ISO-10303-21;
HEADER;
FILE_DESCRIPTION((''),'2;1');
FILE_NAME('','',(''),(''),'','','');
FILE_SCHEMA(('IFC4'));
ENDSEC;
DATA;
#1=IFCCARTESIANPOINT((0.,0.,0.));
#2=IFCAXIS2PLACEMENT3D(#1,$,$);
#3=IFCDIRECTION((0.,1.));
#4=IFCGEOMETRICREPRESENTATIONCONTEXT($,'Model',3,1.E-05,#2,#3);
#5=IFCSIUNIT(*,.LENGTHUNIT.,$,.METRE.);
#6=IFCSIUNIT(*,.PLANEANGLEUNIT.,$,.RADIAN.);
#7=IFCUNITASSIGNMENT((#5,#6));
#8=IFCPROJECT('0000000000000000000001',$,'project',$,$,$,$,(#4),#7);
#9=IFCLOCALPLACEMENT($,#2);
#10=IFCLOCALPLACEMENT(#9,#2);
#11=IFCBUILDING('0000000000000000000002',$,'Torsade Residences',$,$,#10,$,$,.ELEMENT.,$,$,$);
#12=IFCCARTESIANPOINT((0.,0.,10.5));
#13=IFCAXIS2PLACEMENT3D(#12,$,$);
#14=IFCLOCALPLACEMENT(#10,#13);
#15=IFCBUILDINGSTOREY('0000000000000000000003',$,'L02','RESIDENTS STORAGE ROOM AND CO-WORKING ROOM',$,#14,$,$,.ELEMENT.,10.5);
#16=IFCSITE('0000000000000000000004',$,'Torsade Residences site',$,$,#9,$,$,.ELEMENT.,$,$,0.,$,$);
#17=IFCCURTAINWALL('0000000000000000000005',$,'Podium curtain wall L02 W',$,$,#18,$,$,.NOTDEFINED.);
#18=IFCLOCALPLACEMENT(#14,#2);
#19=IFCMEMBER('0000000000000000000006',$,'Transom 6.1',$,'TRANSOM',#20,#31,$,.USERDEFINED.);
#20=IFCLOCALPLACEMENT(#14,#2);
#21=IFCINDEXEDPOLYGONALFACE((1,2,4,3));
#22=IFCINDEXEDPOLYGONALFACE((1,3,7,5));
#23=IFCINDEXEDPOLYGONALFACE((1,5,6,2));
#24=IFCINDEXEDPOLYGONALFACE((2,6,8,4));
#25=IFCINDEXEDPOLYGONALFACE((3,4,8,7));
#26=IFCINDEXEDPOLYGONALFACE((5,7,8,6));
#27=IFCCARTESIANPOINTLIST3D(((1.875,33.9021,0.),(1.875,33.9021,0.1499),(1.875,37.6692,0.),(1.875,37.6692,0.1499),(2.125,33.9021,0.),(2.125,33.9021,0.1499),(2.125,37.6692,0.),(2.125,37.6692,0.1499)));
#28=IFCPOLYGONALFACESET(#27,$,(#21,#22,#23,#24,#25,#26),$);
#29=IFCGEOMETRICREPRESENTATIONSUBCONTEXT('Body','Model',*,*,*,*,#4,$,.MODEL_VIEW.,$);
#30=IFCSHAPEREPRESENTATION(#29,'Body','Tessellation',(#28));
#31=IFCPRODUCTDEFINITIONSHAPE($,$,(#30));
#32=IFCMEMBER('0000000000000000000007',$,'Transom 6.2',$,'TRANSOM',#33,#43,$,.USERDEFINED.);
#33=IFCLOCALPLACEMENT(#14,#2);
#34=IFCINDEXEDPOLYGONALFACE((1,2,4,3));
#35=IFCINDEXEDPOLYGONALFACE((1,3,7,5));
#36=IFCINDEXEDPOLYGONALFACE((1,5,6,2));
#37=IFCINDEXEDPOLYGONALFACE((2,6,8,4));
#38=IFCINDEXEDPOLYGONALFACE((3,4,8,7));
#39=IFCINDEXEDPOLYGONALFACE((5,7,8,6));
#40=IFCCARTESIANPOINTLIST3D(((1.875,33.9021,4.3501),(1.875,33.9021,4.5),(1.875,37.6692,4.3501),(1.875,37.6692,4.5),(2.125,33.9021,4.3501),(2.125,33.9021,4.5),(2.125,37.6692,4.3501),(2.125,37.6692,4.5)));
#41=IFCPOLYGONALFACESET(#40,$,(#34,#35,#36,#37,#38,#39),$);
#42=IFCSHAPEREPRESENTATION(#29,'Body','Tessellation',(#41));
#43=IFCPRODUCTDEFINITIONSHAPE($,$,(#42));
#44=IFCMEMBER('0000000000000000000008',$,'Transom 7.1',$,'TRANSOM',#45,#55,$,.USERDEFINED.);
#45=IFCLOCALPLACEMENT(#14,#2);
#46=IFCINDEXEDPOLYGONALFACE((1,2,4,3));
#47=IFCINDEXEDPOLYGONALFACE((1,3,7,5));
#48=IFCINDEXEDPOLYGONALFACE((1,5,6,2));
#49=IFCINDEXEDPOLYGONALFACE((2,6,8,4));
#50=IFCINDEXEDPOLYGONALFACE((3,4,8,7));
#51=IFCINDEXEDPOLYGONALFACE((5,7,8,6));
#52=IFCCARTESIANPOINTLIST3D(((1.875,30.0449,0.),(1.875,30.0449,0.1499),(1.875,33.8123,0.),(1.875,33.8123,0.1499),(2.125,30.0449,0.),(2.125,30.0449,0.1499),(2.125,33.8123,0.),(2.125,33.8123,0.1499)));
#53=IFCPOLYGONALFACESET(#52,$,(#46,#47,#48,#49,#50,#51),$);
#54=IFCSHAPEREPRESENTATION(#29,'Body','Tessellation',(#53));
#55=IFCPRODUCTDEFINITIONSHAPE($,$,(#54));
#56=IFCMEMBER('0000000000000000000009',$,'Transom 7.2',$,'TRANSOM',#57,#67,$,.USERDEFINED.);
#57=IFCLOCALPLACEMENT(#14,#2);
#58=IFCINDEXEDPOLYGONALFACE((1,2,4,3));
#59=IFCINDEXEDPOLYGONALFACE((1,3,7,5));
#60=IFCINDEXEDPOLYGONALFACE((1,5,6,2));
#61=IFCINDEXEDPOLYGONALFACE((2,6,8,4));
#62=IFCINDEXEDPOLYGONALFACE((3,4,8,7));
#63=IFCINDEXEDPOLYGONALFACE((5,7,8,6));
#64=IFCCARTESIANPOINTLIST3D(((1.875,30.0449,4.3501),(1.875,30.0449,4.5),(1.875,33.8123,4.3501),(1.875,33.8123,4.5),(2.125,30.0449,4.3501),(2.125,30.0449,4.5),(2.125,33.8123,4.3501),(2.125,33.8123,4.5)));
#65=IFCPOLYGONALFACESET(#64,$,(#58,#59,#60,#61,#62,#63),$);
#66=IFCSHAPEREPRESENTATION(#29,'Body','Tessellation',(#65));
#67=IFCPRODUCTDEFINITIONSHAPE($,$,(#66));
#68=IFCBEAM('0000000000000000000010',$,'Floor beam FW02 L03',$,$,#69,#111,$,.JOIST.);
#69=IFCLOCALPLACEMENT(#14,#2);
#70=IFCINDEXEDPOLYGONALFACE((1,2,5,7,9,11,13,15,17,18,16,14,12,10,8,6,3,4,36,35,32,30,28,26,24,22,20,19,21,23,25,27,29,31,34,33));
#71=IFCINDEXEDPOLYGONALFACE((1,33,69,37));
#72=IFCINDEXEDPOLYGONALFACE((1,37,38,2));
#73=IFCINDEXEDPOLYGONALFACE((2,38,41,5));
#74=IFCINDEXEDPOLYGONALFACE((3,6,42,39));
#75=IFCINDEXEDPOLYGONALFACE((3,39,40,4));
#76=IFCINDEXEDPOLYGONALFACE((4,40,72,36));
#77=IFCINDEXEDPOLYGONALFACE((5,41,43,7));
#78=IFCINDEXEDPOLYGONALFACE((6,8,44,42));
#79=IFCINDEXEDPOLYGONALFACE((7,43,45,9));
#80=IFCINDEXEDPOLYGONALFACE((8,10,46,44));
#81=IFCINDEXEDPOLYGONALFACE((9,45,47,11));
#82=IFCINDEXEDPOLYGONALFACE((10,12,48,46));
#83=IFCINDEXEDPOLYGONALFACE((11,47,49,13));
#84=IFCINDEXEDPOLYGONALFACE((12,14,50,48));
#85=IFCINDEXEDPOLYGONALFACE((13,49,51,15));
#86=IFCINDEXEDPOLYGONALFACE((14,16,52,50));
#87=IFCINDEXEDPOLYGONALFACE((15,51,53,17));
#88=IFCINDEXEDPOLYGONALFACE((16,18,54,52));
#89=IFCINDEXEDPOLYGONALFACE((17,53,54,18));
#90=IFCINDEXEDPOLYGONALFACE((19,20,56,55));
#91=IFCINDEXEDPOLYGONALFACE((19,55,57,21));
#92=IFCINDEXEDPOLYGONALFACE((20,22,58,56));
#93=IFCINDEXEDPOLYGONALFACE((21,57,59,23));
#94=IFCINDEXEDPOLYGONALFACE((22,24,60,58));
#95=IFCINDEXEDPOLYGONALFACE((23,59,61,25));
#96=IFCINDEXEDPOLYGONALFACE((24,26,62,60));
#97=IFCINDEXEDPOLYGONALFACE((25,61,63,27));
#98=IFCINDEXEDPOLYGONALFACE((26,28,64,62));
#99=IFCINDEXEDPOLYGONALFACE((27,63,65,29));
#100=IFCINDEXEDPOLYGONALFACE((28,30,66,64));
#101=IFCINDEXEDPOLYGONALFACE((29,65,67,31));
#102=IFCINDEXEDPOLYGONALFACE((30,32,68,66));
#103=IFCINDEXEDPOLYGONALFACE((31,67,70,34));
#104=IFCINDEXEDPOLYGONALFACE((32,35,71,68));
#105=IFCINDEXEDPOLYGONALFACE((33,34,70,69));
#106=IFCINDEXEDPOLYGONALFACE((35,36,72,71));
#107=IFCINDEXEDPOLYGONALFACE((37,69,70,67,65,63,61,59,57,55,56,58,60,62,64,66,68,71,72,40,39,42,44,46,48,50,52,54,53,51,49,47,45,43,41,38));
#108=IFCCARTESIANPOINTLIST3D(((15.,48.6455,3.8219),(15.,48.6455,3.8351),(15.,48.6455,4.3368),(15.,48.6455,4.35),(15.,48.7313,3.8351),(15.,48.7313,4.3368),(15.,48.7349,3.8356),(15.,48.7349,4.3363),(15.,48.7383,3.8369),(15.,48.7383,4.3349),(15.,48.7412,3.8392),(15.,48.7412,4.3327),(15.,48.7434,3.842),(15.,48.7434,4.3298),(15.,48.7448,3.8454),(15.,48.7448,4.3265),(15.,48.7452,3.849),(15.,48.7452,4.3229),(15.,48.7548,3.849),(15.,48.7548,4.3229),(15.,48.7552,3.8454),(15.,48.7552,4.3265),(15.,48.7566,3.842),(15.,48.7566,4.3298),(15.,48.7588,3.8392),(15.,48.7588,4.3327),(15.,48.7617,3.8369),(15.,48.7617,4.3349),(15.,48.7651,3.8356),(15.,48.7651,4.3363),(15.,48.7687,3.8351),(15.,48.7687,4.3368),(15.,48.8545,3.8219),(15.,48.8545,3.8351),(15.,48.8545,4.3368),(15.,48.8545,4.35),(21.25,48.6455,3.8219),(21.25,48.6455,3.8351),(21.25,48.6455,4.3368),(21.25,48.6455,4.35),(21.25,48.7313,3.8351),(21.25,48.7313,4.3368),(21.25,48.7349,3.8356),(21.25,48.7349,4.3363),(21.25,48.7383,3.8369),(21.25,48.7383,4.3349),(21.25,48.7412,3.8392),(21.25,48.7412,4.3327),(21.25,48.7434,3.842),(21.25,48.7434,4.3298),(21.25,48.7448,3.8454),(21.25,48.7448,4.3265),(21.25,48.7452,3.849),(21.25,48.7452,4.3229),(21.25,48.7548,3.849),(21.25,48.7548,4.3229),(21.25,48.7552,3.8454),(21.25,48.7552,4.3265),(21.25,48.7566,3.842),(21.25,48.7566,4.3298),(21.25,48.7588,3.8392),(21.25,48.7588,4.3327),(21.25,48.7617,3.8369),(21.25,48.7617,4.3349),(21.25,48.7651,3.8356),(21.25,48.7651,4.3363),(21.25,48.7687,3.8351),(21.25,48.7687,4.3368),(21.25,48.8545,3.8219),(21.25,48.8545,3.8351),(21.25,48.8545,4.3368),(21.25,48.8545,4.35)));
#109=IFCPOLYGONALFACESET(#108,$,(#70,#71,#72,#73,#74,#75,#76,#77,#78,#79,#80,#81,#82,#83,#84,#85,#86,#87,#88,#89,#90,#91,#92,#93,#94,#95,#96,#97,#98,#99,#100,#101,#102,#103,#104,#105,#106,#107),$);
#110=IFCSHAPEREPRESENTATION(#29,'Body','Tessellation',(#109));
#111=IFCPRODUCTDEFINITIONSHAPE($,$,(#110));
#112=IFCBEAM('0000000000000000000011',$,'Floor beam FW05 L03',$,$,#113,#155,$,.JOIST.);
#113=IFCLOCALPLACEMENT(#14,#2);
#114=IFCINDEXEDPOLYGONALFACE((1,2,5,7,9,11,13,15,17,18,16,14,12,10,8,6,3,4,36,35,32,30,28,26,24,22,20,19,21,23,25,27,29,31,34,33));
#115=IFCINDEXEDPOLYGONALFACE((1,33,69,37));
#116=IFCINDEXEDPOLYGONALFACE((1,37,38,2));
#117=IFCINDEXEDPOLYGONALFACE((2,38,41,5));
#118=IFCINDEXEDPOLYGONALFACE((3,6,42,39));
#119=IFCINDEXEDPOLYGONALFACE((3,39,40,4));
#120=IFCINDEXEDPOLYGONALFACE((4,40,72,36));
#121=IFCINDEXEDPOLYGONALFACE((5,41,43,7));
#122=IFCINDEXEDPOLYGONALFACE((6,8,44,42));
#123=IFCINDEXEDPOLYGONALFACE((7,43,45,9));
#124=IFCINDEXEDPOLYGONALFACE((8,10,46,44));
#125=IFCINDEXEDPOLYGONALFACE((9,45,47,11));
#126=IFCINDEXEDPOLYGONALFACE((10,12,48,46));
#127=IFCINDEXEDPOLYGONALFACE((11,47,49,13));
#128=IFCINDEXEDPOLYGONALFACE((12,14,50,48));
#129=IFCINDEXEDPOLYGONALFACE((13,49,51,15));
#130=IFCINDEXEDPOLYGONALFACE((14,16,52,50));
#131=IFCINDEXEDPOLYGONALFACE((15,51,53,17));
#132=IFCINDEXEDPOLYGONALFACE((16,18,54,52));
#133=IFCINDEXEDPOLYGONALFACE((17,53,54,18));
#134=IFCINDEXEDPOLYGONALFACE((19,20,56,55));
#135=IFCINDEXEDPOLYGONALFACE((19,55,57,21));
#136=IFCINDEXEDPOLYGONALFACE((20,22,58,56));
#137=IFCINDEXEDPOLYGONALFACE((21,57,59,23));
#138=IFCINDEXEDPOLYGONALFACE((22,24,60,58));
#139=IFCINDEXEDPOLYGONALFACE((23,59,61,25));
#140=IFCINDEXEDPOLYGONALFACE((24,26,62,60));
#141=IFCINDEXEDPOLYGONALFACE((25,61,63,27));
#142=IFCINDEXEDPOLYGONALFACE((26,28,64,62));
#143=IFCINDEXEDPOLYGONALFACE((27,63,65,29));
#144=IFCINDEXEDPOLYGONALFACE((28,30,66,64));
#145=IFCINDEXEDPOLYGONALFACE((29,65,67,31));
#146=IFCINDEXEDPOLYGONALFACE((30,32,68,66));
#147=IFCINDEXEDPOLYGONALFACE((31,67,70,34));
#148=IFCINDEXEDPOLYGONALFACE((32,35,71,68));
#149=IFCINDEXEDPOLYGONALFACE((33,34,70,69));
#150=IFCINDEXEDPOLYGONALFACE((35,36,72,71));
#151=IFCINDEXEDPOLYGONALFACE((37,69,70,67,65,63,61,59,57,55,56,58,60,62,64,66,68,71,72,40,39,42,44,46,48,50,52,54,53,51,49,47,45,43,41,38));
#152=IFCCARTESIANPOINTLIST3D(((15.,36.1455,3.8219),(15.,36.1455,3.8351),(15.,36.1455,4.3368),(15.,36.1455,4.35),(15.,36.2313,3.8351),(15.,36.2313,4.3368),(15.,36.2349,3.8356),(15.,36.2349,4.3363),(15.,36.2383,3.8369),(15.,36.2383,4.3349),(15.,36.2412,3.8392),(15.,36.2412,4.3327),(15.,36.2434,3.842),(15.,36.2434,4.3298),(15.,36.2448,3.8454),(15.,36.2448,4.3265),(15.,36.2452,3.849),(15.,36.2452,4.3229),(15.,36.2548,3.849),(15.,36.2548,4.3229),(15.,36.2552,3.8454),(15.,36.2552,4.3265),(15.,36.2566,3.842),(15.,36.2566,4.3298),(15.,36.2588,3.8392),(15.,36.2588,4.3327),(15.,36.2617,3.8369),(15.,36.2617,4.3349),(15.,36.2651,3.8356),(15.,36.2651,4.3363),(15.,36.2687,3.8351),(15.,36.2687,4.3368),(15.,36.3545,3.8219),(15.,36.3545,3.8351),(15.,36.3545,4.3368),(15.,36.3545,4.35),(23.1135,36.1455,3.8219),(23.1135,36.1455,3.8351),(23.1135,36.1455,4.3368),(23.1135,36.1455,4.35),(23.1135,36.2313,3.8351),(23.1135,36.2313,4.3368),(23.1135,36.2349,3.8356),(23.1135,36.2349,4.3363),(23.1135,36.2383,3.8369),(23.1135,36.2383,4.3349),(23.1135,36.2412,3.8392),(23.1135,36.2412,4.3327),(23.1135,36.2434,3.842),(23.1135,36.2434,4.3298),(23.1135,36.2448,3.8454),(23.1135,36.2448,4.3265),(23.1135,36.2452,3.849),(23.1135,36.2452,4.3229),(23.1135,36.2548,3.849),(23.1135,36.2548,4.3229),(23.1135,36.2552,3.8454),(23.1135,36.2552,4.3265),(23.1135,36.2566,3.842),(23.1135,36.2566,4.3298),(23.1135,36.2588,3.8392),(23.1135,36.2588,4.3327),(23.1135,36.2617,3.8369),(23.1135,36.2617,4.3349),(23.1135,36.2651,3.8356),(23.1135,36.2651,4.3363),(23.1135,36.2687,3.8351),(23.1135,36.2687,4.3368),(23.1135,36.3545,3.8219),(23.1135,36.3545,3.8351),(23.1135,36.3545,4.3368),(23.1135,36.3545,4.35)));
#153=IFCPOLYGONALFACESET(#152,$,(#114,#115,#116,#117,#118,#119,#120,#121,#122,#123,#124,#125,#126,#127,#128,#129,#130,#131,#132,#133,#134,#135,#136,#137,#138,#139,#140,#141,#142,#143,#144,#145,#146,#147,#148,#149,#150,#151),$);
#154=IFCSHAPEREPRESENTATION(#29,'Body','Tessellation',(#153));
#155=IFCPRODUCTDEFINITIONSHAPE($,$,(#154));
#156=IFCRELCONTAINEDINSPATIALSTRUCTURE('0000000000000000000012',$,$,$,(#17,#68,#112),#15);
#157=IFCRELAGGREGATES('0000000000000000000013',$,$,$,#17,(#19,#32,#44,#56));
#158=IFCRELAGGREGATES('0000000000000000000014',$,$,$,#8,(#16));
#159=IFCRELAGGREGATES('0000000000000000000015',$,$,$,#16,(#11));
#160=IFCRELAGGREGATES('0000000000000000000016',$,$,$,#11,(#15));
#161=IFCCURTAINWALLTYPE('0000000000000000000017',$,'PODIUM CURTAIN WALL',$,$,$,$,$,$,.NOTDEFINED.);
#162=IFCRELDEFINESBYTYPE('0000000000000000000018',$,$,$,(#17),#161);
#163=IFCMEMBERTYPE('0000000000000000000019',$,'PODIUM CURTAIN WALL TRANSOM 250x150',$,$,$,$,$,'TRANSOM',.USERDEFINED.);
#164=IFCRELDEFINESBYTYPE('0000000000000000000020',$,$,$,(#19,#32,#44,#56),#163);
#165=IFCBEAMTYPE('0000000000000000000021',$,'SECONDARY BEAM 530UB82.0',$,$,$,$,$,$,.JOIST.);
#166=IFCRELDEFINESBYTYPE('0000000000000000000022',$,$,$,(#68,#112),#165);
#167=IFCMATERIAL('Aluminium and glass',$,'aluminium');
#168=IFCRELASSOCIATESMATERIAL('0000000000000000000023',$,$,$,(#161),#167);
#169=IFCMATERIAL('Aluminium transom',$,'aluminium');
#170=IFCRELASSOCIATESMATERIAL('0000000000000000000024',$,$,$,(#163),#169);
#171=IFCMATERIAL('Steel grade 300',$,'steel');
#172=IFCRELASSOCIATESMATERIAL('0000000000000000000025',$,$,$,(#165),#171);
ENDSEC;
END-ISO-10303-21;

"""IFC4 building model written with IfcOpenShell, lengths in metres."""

from ifc_helpers import new_model, si_unit, direction, frame, origin, origin_2d, place, context, subcontext, project, spatial, rectangle, i_section, extrude, material, material_profile, profile_set, type_object, element, aggregate, save


model = new_model("IFC4")

# Units and contexts
model_context = context("Model", 3, precision=1e-05, world=origin(), true_north=direction((0.0, 1.0)))
body_context = subcontext(model_context, "Body", "Model", "MODEL_VIEW")
ifc_project = project(units=[si_unit("LENGTHUNIT", "METRE"), si_unit("PLANEANGLEUNIT", "RADIAN")], contexts=[model_context])

# Site, building, storey
site_placement = place(None, origin())
site = spatial("IfcSite", under=ifc_project, at=site_placement, Name="Torsade Residences site", CompositionType="ELEMENT", RefElevation=0.0)
building_placement = place(site_placement, origin())
building = spatial("IfcBuilding", under=site, at=building_placement, Name="Torsade Residences", CompositionType="ELEMENT")
storey_placement = place(building_placement, frame((0.0, 0.0, 10.5)))
storey = spatial("IfcBuildingStorey", under=building, at=storey_placement, Name="L02", Description="RESIDENTS STORAGE ROOM AND CO-WORKING ROOM", CompositionType="ELEMENT", Elevation=10.5)

# Curtain wall, members
ifc_material_1 = material(Name="Aluminium and glass", Category="aluminium")
curtain_wall_type = type_object("IfcCurtainWallType", Name="PODIUM CURTAIN WALL", PredefinedType="NOTDEFINED", material=ifc_material_1)
curtain_wall_placement = place(storey_placement, origin())
curtain_wall = element("IfcCurtainWall", 1, at=curtain_wall_placement, inside=storey, type_object=curtain_wall_type, Name="Podium curtain wall L02 W", PredefinedType="NOTDEFINED")
ifc_material_2 = material(Name="Aluminium transom", Category="aluminium")
ifc_material_profile_1 = material_profile(ifc_material_2, rectangle(XDim=0.25, YDim=0.1499, at=origin_2d()), Name="PODIUM CURTAIN WALL TRANSOM 250x150")
ifc_profile_set_1 = profile_set([ifc_material_profile_1], Name="Aluminium transom")
member_type_1 = type_object("IfcMemberType", Name="PODIUM CURTAIN WALL TRANSOM 250x150", ElementType="TRANSOM", PredefinedType="USERDEFINED", material=ifc_profile_set_1)
member_1_placement = place(storey_placement, frame((2.0, 37.6692, 0.075), z_axis=(0.0, -1.0, 0.0), x_axis=(1.0, 0.0, 0.0)))
member_1 = element("IfcMember", 2, at=member_1_placement, type_object=member_type_1, Name="Transom 6.1", ObjectType="TRANSOM", PredefinedType="USERDEFINED", context=body_context, shape_type="SweptSolid", body=[
    extrude(rectangle(XDim=0.25, YDim=0.1499, at=origin_2d()), origin(), (0.0, 0.0, 1.0), 3.7671),
])
member_2_placement = place(storey_placement, frame((2.0, 37.6692, 4.425), z_axis=(0.0, -1.0, 0.0), x_axis=(1.0, 0.0, 0.0)))
member_2 = element("IfcMember", 3, at=member_2_placement, type_object=member_type_1, Name="Transom 6.2", ObjectType="TRANSOM", PredefinedType="USERDEFINED", context=body_context, shape_type="SweptSolid", body=[
    extrude(rectangle(XDim=0.25, YDim=0.1499, at=origin_2d()), origin(), (0.0, 0.0, 1.0), 3.7671),
])
member_3_placement = place(storey_placement, frame((2.0, 33.8123, 0.075), z_axis=(0.0, -1.0, 0.0), x_axis=(1.0, 0.0, 0.0)))
member_3 = element("IfcMember", 4, at=member_3_placement, type_object=member_type_1, Name="Transom 7.1", ObjectType="TRANSOM", PredefinedType="USERDEFINED", context=body_context, shape_type="SweptSolid", body=[
    extrude(rectangle(XDim=0.25, YDim=0.1499, at=origin_2d()), origin(), (0.0, 0.0, 1.0), 3.7673),
])
member_4_placement = place(storey_placement, frame((2.0, 33.8123, 4.425), z_axis=(0.0, -1.0, 0.0), x_axis=(1.0, 0.0, 0.0)))
member_4 = element("IfcMember", 5, at=member_4_placement, type_object=member_type_1, Name="Transom 7.2", ObjectType="TRANSOM", PredefinedType="USERDEFINED", context=body_context, shape_type="SweptSolid", body=[
    extrude(rectangle(XDim=0.25, YDim=0.1499, at=origin_2d()), origin(), (0.0, 0.0, 1.0), 3.7673),
])

# Beams
ifc_material_3 = material(Name="Steel grade 300", Category="steel")
ifc_material_profile_2 = material_profile(ifc_material_3, i_section(OverallWidth=0.209, OverallDepth=0.5281, WebThickness=0.0095, FlangeThickness=0.0132, FilletRadius=0.0139, at=origin_2d()), Name="530UB82.0")
ifc_profile_set_2 = profile_set([ifc_material_profile_2], Name="Steel grade 300")
beam_type_1 = type_object("IfcBeamType", Name="SECONDARY BEAM 530UB82.0", PredefinedType="JOIST", material=ifc_profile_set_2)
beam_1_placement = place(storey_placement, frame((15.0, 48.75, 4.0859), z_axis=(1.0, 0.0, 0.0), x_axis=(0.0, 1.0, 0.0)))
element("IfcBeam", 6, at=beam_1_placement, inside=storey, type_object=beam_type_1, Name="Floor beam FW02 L03", PredefinedType="JOIST", context=body_context, shape_type="SweptSolid", body=[
    extrude(i_section(OverallWidth=0.209, OverallDepth=0.5281, WebThickness=0.0095, FlangeThickness=0.0132, FilletRadius=0.0139, at=origin_2d()), origin(), (0.0, 0.0, 1.0), 6.25),
])
beam_2_placement = place(storey_placement, frame((15.0, 36.25, 4.0859), z_axis=(1.0, 0.0, 0.0), x_axis=(0.0, 1.0, 0.0)))
element("IfcBeam", 7, at=beam_2_placement, inside=storey, type_object=beam_type_1, Name="Floor beam FW05 L03", PredefinedType="JOIST", context=body_context, shape_type="SweptSolid", body=[
    extrude(i_section(OverallWidth=0.209, OverallDepth=0.5281, WebThickness=0.0095, FlangeThickness=0.0132, FilletRadius=0.0139, at=origin_2d()), origin(), (0.0, 0.0, 1.0), 8.1135),
])

aggregate(curtain_wall, [member_1, member_2, member_3, member_4])

save(model, "model.ifc")
